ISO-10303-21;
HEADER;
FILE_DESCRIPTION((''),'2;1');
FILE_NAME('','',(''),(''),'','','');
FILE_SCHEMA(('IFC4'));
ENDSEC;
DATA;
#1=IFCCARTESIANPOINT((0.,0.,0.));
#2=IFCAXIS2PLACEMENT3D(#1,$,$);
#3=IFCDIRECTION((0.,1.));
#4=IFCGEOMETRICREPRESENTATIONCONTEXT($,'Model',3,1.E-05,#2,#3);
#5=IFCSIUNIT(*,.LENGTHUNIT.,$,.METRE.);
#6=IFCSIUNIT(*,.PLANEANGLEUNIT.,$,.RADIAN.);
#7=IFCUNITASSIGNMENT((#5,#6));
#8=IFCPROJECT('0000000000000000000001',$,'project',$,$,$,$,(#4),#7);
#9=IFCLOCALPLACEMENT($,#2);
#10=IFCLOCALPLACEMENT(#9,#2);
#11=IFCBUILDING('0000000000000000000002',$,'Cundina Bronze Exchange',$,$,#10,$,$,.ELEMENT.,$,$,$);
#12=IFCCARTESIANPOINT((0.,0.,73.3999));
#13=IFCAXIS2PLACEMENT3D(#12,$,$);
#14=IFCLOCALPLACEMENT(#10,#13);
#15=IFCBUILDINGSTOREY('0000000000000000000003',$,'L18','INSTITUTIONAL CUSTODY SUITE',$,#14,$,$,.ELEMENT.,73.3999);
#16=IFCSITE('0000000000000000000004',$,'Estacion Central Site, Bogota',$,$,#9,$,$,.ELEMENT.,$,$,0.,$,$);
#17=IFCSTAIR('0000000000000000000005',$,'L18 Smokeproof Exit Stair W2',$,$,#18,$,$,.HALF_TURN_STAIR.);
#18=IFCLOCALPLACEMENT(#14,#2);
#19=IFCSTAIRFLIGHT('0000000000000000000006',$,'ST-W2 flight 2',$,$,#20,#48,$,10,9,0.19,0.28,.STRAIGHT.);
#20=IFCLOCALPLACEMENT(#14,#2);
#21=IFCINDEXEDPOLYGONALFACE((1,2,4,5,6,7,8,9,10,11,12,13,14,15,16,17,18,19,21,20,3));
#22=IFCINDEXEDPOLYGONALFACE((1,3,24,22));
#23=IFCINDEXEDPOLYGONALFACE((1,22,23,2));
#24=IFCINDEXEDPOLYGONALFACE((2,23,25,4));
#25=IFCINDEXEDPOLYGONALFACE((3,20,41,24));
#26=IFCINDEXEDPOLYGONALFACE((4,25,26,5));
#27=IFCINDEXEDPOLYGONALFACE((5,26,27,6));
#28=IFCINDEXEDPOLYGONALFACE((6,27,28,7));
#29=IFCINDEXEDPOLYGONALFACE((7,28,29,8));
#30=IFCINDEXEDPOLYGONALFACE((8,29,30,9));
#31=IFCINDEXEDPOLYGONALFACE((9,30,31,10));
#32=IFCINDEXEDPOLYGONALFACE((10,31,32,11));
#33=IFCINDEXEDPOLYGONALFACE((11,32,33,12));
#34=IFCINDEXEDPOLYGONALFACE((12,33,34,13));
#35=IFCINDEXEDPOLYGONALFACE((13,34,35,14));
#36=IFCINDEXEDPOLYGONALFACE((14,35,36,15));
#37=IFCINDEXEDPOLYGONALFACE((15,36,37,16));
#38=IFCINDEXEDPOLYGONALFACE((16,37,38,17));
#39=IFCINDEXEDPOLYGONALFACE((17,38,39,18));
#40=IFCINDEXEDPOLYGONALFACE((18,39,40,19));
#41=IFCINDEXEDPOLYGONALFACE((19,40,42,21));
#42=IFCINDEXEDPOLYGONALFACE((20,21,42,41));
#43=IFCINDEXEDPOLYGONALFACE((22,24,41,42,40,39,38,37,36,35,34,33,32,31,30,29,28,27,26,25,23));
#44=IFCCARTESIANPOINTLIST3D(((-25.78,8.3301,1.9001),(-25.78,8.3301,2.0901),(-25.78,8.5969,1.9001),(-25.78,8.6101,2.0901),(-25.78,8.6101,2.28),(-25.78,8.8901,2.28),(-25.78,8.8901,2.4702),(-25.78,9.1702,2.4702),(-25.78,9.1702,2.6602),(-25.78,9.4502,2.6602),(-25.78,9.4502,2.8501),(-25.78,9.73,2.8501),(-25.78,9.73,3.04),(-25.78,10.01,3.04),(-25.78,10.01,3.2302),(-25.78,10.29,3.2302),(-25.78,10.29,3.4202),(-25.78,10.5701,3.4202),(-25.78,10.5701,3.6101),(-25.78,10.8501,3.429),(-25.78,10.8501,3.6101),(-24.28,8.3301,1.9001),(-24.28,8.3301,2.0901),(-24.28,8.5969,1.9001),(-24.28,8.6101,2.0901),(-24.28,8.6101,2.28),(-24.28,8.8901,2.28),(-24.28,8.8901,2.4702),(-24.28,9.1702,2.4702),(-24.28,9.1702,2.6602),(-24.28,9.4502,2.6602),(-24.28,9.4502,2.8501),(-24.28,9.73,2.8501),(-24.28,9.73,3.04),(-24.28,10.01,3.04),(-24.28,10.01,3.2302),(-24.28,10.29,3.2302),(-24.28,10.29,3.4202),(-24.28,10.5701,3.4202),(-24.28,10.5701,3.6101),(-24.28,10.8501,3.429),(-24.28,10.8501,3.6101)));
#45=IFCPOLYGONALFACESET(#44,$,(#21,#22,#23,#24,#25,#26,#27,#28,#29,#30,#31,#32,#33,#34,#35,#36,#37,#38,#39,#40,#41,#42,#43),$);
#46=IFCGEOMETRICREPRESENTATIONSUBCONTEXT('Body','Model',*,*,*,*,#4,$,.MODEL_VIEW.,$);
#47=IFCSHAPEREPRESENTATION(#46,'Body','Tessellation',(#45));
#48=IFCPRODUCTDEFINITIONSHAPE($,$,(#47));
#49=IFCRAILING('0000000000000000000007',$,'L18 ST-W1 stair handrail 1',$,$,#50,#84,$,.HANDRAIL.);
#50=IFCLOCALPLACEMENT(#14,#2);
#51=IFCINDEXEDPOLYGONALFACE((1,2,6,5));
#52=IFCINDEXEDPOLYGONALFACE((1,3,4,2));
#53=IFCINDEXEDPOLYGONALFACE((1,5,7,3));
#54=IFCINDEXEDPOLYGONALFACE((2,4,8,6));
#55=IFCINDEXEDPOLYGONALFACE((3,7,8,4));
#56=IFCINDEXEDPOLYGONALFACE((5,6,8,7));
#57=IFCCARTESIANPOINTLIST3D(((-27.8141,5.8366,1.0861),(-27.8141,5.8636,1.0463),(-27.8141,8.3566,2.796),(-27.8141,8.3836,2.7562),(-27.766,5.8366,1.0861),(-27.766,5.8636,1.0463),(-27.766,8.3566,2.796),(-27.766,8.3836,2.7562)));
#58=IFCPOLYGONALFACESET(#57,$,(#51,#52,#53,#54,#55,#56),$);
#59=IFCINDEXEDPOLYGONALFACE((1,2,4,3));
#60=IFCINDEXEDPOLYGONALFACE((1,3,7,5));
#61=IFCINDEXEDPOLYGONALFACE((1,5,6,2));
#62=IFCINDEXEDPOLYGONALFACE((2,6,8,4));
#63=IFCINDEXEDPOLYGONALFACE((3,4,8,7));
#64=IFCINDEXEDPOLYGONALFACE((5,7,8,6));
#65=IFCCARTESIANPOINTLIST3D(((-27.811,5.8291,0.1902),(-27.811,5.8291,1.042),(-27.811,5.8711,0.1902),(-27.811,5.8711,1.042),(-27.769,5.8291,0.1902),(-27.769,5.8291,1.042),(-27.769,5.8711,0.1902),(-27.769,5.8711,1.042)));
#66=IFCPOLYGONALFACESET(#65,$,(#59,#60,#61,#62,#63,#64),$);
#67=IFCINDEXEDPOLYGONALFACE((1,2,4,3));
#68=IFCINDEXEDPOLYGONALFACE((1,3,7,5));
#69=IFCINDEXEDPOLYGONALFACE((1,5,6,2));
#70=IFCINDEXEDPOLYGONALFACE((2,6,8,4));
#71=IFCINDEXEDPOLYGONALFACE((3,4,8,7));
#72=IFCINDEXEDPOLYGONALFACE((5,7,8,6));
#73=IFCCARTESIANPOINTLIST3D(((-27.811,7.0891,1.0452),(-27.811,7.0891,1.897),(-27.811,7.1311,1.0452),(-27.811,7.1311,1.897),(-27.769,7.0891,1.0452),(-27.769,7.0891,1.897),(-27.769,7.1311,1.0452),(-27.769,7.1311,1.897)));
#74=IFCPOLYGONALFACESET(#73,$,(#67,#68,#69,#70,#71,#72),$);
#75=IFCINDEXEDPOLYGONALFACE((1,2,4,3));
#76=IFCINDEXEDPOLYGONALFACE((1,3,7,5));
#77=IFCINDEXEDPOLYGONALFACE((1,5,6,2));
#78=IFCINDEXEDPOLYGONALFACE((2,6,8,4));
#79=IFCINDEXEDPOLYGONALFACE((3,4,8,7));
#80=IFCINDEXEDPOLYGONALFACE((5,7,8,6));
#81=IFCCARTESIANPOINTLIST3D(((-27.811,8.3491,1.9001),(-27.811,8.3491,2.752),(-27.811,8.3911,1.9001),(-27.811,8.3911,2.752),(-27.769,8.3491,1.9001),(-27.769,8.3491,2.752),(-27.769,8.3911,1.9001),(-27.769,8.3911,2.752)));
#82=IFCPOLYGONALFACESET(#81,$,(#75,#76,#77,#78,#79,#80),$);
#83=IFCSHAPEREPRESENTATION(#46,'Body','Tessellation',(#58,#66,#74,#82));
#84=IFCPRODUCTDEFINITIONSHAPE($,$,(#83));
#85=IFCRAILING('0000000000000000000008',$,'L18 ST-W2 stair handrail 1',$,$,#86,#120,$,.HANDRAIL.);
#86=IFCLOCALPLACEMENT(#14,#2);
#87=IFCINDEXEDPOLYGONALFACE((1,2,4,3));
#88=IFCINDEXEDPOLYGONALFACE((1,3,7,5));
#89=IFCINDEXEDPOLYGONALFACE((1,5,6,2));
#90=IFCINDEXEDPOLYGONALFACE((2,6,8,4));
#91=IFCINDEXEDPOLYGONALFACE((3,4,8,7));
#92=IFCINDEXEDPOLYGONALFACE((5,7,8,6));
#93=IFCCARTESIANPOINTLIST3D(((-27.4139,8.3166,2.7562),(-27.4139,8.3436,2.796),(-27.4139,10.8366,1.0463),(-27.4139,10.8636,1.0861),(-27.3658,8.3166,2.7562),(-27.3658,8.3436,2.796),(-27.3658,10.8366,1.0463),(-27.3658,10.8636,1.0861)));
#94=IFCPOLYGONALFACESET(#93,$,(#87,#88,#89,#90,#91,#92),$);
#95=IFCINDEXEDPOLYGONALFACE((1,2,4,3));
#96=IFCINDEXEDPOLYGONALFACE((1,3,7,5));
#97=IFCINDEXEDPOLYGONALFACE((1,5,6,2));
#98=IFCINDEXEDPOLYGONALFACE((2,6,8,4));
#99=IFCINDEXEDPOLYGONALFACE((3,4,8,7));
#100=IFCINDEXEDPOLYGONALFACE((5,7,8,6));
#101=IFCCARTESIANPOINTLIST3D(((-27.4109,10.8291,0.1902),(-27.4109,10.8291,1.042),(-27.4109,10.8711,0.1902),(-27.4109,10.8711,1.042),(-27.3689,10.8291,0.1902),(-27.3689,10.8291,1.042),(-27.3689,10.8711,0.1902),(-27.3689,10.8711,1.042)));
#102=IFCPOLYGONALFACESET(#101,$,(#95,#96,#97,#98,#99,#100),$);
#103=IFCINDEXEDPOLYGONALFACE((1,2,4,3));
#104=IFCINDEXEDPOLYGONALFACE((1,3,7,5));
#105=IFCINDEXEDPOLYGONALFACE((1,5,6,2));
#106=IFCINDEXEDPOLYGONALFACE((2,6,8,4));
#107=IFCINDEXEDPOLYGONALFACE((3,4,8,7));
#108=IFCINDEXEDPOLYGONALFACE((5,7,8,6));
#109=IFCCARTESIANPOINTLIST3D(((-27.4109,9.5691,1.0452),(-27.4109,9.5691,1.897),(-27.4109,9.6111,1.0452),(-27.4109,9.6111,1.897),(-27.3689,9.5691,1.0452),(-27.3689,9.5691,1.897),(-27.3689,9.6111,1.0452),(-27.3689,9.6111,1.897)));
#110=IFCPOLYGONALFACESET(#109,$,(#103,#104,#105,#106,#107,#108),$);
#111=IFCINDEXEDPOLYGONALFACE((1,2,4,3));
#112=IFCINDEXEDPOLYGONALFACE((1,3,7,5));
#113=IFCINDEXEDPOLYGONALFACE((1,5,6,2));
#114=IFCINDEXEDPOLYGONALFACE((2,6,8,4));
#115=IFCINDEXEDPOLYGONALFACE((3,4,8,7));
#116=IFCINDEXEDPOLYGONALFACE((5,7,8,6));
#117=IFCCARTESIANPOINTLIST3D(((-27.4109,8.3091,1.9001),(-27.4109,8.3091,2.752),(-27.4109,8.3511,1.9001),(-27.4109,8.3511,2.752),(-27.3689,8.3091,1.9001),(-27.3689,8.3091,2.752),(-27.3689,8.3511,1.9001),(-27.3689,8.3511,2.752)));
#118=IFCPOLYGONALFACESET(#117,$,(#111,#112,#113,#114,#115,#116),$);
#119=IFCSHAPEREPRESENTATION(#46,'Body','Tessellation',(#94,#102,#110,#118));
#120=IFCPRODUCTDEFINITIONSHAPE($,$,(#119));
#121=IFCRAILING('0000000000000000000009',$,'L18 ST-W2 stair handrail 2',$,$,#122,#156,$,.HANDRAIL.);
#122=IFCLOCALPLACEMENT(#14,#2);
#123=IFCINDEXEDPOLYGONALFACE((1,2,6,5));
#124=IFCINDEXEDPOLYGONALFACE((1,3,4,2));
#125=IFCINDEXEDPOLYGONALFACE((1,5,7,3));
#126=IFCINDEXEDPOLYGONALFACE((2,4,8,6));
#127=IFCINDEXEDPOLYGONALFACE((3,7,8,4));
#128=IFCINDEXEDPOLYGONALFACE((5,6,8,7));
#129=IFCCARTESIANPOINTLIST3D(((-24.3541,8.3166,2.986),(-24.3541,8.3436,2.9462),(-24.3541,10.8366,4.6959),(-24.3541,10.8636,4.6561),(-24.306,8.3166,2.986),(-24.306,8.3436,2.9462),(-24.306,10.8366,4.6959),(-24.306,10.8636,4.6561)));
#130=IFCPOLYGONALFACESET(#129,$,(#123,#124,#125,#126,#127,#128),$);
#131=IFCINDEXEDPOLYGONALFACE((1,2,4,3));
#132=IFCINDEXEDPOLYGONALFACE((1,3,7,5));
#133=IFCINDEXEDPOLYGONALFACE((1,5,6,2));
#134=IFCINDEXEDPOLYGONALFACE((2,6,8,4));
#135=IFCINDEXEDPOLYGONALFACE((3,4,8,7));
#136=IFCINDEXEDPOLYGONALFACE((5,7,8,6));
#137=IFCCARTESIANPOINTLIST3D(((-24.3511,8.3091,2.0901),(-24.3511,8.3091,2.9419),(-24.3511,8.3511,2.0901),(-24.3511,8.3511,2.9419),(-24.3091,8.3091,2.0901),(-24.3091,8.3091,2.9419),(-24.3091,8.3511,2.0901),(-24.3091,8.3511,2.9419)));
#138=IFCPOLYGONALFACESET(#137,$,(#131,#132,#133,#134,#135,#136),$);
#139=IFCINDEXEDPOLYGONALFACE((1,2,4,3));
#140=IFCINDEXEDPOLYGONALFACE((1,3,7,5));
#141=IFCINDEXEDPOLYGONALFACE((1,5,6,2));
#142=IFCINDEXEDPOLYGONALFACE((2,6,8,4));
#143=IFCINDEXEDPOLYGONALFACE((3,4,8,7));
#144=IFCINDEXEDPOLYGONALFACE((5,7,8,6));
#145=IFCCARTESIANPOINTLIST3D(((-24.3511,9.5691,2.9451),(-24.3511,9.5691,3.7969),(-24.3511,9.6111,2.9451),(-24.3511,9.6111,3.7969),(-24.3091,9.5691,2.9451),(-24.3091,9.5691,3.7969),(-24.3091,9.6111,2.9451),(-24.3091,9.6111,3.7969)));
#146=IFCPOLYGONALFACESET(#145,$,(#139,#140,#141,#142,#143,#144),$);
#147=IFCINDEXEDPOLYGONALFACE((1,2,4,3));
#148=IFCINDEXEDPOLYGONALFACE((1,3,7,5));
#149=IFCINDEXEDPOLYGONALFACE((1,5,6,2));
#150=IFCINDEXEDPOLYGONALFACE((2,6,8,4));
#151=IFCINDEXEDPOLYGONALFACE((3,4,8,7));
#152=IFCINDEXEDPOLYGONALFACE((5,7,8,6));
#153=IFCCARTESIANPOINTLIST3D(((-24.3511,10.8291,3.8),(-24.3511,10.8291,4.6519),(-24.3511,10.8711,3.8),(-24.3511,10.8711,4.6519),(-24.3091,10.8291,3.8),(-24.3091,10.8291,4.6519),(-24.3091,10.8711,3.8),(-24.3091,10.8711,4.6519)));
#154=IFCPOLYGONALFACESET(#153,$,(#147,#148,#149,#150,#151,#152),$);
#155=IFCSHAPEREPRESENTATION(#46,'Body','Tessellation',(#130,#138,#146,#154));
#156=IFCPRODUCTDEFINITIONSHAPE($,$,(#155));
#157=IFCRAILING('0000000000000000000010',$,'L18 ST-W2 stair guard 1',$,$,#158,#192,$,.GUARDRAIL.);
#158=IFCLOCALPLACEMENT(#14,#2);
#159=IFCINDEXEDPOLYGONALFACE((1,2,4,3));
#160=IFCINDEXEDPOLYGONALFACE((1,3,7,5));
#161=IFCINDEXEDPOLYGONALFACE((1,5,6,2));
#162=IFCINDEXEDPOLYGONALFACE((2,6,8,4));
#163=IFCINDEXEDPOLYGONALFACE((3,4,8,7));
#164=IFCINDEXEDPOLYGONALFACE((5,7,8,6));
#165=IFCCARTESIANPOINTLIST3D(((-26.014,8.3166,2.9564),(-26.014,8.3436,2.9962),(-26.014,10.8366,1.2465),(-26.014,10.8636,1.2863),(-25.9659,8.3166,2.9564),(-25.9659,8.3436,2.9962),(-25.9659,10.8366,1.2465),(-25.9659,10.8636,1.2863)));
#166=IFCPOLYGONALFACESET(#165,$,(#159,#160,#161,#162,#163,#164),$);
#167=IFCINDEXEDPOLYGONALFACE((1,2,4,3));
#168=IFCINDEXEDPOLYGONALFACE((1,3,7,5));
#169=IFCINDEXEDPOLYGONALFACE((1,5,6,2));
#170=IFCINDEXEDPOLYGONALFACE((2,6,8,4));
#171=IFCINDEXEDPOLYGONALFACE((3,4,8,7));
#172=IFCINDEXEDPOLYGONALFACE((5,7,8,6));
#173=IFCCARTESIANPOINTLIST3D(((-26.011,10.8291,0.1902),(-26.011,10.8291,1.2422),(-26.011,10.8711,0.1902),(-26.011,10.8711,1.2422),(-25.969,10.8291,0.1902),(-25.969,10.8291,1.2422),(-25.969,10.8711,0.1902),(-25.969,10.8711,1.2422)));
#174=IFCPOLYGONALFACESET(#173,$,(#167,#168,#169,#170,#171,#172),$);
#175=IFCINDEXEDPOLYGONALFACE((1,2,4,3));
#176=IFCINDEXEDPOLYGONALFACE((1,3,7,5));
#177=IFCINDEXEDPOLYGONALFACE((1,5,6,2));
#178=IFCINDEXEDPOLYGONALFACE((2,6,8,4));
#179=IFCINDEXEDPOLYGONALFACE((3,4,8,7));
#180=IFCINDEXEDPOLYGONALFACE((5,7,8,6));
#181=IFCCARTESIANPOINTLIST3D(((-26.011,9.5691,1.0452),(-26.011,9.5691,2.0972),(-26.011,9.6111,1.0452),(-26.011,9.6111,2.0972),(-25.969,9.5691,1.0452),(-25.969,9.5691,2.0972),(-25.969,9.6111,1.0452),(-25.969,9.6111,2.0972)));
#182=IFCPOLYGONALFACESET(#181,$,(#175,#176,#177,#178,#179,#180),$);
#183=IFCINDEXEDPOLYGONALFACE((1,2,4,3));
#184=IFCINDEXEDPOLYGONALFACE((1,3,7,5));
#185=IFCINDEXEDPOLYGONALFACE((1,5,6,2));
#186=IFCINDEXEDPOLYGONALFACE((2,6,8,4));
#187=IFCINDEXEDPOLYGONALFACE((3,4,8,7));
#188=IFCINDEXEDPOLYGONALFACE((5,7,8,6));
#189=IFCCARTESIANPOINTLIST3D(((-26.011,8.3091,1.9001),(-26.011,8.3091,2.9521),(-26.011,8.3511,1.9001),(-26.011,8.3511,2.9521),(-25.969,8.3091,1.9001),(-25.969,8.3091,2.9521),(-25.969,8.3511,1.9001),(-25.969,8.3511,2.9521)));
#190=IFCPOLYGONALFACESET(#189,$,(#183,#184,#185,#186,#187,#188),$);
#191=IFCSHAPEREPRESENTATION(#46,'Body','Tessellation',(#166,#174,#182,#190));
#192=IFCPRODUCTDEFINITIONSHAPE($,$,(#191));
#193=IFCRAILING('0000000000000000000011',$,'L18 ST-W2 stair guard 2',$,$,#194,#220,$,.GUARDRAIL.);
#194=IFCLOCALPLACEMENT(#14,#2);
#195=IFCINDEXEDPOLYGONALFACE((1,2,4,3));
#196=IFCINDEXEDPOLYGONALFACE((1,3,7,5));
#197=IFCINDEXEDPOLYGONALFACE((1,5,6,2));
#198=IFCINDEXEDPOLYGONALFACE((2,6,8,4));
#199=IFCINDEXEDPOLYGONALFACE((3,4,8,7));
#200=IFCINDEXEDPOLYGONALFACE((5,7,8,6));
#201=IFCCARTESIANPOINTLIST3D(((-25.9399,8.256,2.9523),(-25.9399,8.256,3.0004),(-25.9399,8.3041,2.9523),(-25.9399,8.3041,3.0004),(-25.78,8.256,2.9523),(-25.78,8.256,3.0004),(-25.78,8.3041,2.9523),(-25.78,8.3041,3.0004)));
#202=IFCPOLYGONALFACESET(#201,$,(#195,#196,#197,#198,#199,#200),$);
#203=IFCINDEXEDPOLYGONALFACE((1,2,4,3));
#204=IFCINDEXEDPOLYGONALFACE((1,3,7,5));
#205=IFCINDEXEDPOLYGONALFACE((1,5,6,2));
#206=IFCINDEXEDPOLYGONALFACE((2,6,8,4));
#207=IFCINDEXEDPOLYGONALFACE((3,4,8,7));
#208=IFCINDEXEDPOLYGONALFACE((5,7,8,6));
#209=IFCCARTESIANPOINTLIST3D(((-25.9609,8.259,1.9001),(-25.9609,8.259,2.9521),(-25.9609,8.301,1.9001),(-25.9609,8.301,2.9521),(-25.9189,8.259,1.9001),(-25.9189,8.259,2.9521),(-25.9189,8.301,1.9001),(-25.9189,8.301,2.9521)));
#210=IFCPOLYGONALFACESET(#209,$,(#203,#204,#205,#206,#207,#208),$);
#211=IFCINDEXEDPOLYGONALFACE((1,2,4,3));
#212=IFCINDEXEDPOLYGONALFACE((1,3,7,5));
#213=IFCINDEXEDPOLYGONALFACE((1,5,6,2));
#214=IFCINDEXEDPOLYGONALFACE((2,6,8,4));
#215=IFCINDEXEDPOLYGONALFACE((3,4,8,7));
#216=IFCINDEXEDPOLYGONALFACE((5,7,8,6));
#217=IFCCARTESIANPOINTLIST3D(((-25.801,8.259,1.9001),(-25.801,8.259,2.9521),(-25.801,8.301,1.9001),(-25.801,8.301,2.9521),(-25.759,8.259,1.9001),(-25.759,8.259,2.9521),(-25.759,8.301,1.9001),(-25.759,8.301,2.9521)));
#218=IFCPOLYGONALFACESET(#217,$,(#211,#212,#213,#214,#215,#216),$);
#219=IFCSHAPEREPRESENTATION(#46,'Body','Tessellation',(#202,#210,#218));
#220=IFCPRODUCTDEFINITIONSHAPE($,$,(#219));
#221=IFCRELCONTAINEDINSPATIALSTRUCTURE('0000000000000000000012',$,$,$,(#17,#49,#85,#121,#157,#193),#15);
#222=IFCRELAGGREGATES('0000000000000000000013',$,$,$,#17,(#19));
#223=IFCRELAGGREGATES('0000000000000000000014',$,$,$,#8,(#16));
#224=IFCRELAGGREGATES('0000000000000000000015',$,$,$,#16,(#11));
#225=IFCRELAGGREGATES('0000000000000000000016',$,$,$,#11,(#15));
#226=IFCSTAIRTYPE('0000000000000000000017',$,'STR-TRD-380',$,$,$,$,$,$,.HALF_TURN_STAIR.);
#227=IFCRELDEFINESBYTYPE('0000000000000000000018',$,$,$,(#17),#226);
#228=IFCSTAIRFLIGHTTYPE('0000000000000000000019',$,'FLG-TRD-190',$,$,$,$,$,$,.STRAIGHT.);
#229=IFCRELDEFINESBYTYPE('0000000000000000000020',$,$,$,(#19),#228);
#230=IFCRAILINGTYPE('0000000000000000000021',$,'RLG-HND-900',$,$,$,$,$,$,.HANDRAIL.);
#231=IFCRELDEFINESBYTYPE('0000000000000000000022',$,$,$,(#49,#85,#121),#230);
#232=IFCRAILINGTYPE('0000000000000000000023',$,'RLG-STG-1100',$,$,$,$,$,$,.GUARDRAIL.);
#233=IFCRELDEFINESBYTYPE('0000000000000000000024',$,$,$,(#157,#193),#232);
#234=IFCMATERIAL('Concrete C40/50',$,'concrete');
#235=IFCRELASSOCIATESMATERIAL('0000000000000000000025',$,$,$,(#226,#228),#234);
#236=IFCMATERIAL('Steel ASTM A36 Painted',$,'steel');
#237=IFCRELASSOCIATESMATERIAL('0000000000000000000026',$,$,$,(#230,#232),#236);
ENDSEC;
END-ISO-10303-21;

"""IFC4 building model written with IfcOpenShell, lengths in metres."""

from ifc_helpers import new_model, si_unit, direction, frame, origin, origin_2d, place, context, subcontext, project, spatial, polyline, rectangle, outline, extrude, material, type_object, element, aggregate, save


model = new_model("IFC4")

# Units and contexts
model_context = context("Model", 3, precision=1e-05, world=origin(), true_north=direction((0.0, 1.0)))
body_context = subcontext(model_context, "Body", "Model", "MODEL_VIEW")
ifc_project = project(units=[si_unit("LENGTHUNIT", "METRE"), si_unit("PLANEANGLEUNIT", "RADIAN")], contexts=[model_context])

# Site, building, storey
site_placement = place(None, origin())
site = spatial("IfcSite", under=ifc_project, at=site_placement, Name="Estacion Central Site, Bogota", CompositionType="ELEMENT", RefElevation=0.0)
building_placement = place(site_placement, origin())
building = spatial("IfcBuilding", under=site, at=building_placement, Name="Cundina Bronze Exchange", CompositionType="ELEMENT")
storey_placement = place(building_placement, frame((0.0, 0.0, 73.3999)))
storey = spatial("IfcBuildingStorey", under=building, at=storey_placement, Name="L18", Description="INSTITUTIONAL CUSTODY SUITE", CompositionType="ELEMENT", Elevation=73.3999)

# Shared definitions
ifc_material_1 = material(Name="Steel ASTM A36 Painted", Category="steel")

# Stair, stair flight
ifc_material_2 = material(Name="Concrete C40/50", Category="concrete")
stair_type = type_object("IfcStairType", Name="STR-TRD-380", PredefinedType="HALF_TURN_STAIR", material=ifc_material_2)
stair_placement = place(storey_placement, origin())
stair = element("IfcStair", 1, at=stair_placement, inside=storey, type_object=stair_type, Name="L18 Smokeproof Exit Stair W2", PredefinedType="HALF_TURN_STAIR")
stair_flight_type = type_object("IfcStairFlightType", Name="FLG-TRD-190", PredefinedType="STRAIGHT", material=ifc_material_2)
stair_flight_1_placement = place(storey_placement, frame((-25.03, 8.3301, 1.9001), z_axis=(0.0, 0.0, 1.0), x_axis=(0.0, 1.0, 0.0)))
stair_flight_1 = element("IfcStairFlight", 2, at=stair_flight_1_placement, type_object=stair_flight_type, Name="ST-W2 flight 2", NumberOfRisers=10, NumberOfTreads=9, PredefinedType="STRAIGHT", RiserHeight=0.19, TreadLength=0.28, context=body_context, shape_type="SweptSolid", body=[
    extrude(outline(polyline([(0.0, 0.0), (0.0, 0.1899), (0.28, 0.1899), (0.28, 0.3799), (0.5601, 0.3799), (0.5601, 0.5701), (0.8401, 0.5701), (0.8401, 0.76), (1.1201, 0.76), (1.1201, 0.95), (1.3999, 0.95), (1.3999, 1.1399), (1.6799, 1.1399), (1.6799, 1.3301), (1.96, 1.3301), (1.96, 1.52), (2.24, 1.52), (2.24, 1.71), (2.52, 1.71), (2.52, 1.8999), (2.52, 1.5288), (0.2668, 0.0), (0.0, 0.0)])), frame((0.0, 0.75, 0.0), z_axis=(0.0, -1.0, 0.0), x_axis=(1.0, 0.0, 0.0)), (0.0, 0.0, 1.0), 1.5),
])
aggregate(stair, [stair_flight_1])

# Railings
railing_type_1 = type_object("IfcRailingType", Name="RLG-HND-900", PredefinedType="HANDRAIL", material=ifc_material_1)
railing_1_placement = place(storey_placement, frame((-27.79, 5.8501, 0.1902)))
element("IfcRailing", 3, at=railing_1_placement, inside=storey, type_object=railing_type_1, Name="L18 ST-W1 stair handrail 1", PredefinedType="HANDRAIL", context=body_context, shape_type="SweptSolid", body=[
    extrude(rectangle(XDim=0.0481, YDim=0.0481, at=origin_2d()), frame((0.0, 0.0, 0.876), z_axis=(0.0, 0.827484, 0.56149), x_axis=(-1.0, 0.0, 0.0)), (0.0, 0.0, 1.0), 3.0454),
    extrude(rectangle(XDim=0.042, YDim=0.042, at=origin_2d()), origin(), (0.0, 0.0, 1.0), 0.8518),
    extrude(rectangle(XDim=0.042, YDim=0.042, at=origin_2d()), frame((0.0, 1.26, 0.855)), (0.0, 0.0, 1.0), 0.8518),
    extrude(rectangle(XDim=0.042, YDim=0.042, at=origin_2d()), frame((0.0, 2.52, 1.71)), (0.0, 0.0, 1.0), 0.8518),
])
railing_2_placement = place(storey_placement, frame((-27.3899, 10.8501, 0.1902)))
element("IfcRailing", 4, at=railing_2_placement, inside=storey, type_object=railing_type_1, Name="L18 ST-W2 stair handrail 1", PredefinedType="HANDRAIL", context=body_context, shape_type="SweptSolid", body=[
    extrude(rectangle(XDim=0.0481, YDim=0.0481, at=origin_2d()), frame((0.0, 0.0, 0.876), z_axis=(0.0, -0.827484, 0.56149), x_axis=(1.0, 0.0, 0.0)), (0.0, 0.0, 1.0), 3.0454),
    extrude(rectangle(XDim=0.042, YDim=0.042, at=origin_2d()), origin(), (0.0, 0.0, 1.0), 0.8518),
    extrude(rectangle(XDim=0.042, YDim=0.042, at=origin_2d()), frame((0.0, -1.26, 0.855)), (0.0, 0.0, 1.0), 0.8518),
    extrude(rectangle(XDim=0.042, YDim=0.042, at=origin_2d()), frame((0.0, -2.52, 1.71)), (0.0, 0.0, 1.0), 0.8518),
])
railing_3_placement = place(storey_placement, frame((-24.3301, 8.3301, 2.0901)))
element("IfcRailing", 5, at=railing_3_placement, inside=storey, type_object=railing_type_1, Name="L18 ST-W2 stair handrail 2", PredefinedType="HANDRAIL", context=body_context, shape_type="SweptSolid", body=[
    extrude(rectangle(XDim=0.0481, YDim=0.0481, at=origin_2d()), frame((0.0, 0.0, 0.876), z_axis=(0.0, 0.827484, 0.56149), x_axis=(-1.0, 0.0, 0.0)), (0.0, 0.0, 1.0), 3.0454),
    extrude(rectangle(XDim=0.042, YDim=0.042, at=origin_2d()), origin(), (0.0, 0.0, 1.0), 0.8518),
    extrude(rectangle(XDim=0.042, YDim=0.042, at=origin_2d()), frame((0.0, 1.26, 0.855)), (0.0, 0.0, 1.0), 0.8518),
    extrude(rectangle(XDim=0.042, YDim=0.042, at=origin_2d()), frame((0.0, 2.52, 1.71)), (0.0, 0.0, 1.0), 0.8518),
])
railing_type_2 = type_object("IfcRailingType", Name="RLG-STG-1100", PredefinedType="GUARDRAIL", material=ifc_material_1)
railing_4_placement = place(storey_placement, frame((-25.99, 10.8501, 0.1902)))
element("IfcRailing", 6, at=railing_4_placement, inside=storey, type_object=railing_type_2, Name="L18 ST-W2 stair guard 1", PredefinedType="GUARDRAIL", context=body_context, shape_type="SweptSolid", body=[
    extrude(rectangle(XDim=0.0481, YDim=0.0481, at=origin_2d()), frame((0.0, 0.0, 1.0762), z_axis=(0.0, -0.827484, 0.56149), x_axis=(1.0, 0.0, 0.0)), (0.0, 0.0, 1.0), 3.0454),
    extrude(rectangle(XDim=0.042, YDim=0.042, at=origin_2d()), origin(), (0.0, 0.0, 1.0), 1.052),
    extrude(rectangle(XDim=0.042, YDim=0.042, at=origin_2d()), frame((0.0, -1.26, 0.855)), (0.0, 0.0, 1.0), 1.052),
    extrude(rectangle(XDim=0.042, YDim=0.042, at=origin_2d()), frame((0.0, -2.52, 1.71)), (0.0, 0.0, 1.0), 1.052),
])
railing_5_placement = place(storey_placement, frame((-25.9399, 8.28, 1.9001)))
element("IfcRailing", 7, at=railing_5_placement, inside=storey, type_object=railing_type_2, Name="L18 ST-W2 stair guard 2", PredefinedType="GUARDRAIL", context=body_context, shape_type="SweptSolid", body=[
    extrude(rectangle(XDim=0.0481, YDim=0.0481, at=origin_2d()), frame((0.0, 0.0, 1.0762), z_axis=(1.0, 0.0, 0.0), x_axis=(0.0, 1.0, 0.0)), (0.0, 0.0, 1.0), 0.1599),
    extrude(rectangle(XDim=0.042, YDim=0.042, at=origin_2d()), origin(), (0.0, 0.0, 1.0), 1.052),
    extrude(rectangle(XDim=0.042, YDim=0.042, at=origin_2d()), frame((0.1599, 0.0, 0.0)), (0.0, 0.0, 1.0), 1.052),
])

save(model, "model.ifc")
